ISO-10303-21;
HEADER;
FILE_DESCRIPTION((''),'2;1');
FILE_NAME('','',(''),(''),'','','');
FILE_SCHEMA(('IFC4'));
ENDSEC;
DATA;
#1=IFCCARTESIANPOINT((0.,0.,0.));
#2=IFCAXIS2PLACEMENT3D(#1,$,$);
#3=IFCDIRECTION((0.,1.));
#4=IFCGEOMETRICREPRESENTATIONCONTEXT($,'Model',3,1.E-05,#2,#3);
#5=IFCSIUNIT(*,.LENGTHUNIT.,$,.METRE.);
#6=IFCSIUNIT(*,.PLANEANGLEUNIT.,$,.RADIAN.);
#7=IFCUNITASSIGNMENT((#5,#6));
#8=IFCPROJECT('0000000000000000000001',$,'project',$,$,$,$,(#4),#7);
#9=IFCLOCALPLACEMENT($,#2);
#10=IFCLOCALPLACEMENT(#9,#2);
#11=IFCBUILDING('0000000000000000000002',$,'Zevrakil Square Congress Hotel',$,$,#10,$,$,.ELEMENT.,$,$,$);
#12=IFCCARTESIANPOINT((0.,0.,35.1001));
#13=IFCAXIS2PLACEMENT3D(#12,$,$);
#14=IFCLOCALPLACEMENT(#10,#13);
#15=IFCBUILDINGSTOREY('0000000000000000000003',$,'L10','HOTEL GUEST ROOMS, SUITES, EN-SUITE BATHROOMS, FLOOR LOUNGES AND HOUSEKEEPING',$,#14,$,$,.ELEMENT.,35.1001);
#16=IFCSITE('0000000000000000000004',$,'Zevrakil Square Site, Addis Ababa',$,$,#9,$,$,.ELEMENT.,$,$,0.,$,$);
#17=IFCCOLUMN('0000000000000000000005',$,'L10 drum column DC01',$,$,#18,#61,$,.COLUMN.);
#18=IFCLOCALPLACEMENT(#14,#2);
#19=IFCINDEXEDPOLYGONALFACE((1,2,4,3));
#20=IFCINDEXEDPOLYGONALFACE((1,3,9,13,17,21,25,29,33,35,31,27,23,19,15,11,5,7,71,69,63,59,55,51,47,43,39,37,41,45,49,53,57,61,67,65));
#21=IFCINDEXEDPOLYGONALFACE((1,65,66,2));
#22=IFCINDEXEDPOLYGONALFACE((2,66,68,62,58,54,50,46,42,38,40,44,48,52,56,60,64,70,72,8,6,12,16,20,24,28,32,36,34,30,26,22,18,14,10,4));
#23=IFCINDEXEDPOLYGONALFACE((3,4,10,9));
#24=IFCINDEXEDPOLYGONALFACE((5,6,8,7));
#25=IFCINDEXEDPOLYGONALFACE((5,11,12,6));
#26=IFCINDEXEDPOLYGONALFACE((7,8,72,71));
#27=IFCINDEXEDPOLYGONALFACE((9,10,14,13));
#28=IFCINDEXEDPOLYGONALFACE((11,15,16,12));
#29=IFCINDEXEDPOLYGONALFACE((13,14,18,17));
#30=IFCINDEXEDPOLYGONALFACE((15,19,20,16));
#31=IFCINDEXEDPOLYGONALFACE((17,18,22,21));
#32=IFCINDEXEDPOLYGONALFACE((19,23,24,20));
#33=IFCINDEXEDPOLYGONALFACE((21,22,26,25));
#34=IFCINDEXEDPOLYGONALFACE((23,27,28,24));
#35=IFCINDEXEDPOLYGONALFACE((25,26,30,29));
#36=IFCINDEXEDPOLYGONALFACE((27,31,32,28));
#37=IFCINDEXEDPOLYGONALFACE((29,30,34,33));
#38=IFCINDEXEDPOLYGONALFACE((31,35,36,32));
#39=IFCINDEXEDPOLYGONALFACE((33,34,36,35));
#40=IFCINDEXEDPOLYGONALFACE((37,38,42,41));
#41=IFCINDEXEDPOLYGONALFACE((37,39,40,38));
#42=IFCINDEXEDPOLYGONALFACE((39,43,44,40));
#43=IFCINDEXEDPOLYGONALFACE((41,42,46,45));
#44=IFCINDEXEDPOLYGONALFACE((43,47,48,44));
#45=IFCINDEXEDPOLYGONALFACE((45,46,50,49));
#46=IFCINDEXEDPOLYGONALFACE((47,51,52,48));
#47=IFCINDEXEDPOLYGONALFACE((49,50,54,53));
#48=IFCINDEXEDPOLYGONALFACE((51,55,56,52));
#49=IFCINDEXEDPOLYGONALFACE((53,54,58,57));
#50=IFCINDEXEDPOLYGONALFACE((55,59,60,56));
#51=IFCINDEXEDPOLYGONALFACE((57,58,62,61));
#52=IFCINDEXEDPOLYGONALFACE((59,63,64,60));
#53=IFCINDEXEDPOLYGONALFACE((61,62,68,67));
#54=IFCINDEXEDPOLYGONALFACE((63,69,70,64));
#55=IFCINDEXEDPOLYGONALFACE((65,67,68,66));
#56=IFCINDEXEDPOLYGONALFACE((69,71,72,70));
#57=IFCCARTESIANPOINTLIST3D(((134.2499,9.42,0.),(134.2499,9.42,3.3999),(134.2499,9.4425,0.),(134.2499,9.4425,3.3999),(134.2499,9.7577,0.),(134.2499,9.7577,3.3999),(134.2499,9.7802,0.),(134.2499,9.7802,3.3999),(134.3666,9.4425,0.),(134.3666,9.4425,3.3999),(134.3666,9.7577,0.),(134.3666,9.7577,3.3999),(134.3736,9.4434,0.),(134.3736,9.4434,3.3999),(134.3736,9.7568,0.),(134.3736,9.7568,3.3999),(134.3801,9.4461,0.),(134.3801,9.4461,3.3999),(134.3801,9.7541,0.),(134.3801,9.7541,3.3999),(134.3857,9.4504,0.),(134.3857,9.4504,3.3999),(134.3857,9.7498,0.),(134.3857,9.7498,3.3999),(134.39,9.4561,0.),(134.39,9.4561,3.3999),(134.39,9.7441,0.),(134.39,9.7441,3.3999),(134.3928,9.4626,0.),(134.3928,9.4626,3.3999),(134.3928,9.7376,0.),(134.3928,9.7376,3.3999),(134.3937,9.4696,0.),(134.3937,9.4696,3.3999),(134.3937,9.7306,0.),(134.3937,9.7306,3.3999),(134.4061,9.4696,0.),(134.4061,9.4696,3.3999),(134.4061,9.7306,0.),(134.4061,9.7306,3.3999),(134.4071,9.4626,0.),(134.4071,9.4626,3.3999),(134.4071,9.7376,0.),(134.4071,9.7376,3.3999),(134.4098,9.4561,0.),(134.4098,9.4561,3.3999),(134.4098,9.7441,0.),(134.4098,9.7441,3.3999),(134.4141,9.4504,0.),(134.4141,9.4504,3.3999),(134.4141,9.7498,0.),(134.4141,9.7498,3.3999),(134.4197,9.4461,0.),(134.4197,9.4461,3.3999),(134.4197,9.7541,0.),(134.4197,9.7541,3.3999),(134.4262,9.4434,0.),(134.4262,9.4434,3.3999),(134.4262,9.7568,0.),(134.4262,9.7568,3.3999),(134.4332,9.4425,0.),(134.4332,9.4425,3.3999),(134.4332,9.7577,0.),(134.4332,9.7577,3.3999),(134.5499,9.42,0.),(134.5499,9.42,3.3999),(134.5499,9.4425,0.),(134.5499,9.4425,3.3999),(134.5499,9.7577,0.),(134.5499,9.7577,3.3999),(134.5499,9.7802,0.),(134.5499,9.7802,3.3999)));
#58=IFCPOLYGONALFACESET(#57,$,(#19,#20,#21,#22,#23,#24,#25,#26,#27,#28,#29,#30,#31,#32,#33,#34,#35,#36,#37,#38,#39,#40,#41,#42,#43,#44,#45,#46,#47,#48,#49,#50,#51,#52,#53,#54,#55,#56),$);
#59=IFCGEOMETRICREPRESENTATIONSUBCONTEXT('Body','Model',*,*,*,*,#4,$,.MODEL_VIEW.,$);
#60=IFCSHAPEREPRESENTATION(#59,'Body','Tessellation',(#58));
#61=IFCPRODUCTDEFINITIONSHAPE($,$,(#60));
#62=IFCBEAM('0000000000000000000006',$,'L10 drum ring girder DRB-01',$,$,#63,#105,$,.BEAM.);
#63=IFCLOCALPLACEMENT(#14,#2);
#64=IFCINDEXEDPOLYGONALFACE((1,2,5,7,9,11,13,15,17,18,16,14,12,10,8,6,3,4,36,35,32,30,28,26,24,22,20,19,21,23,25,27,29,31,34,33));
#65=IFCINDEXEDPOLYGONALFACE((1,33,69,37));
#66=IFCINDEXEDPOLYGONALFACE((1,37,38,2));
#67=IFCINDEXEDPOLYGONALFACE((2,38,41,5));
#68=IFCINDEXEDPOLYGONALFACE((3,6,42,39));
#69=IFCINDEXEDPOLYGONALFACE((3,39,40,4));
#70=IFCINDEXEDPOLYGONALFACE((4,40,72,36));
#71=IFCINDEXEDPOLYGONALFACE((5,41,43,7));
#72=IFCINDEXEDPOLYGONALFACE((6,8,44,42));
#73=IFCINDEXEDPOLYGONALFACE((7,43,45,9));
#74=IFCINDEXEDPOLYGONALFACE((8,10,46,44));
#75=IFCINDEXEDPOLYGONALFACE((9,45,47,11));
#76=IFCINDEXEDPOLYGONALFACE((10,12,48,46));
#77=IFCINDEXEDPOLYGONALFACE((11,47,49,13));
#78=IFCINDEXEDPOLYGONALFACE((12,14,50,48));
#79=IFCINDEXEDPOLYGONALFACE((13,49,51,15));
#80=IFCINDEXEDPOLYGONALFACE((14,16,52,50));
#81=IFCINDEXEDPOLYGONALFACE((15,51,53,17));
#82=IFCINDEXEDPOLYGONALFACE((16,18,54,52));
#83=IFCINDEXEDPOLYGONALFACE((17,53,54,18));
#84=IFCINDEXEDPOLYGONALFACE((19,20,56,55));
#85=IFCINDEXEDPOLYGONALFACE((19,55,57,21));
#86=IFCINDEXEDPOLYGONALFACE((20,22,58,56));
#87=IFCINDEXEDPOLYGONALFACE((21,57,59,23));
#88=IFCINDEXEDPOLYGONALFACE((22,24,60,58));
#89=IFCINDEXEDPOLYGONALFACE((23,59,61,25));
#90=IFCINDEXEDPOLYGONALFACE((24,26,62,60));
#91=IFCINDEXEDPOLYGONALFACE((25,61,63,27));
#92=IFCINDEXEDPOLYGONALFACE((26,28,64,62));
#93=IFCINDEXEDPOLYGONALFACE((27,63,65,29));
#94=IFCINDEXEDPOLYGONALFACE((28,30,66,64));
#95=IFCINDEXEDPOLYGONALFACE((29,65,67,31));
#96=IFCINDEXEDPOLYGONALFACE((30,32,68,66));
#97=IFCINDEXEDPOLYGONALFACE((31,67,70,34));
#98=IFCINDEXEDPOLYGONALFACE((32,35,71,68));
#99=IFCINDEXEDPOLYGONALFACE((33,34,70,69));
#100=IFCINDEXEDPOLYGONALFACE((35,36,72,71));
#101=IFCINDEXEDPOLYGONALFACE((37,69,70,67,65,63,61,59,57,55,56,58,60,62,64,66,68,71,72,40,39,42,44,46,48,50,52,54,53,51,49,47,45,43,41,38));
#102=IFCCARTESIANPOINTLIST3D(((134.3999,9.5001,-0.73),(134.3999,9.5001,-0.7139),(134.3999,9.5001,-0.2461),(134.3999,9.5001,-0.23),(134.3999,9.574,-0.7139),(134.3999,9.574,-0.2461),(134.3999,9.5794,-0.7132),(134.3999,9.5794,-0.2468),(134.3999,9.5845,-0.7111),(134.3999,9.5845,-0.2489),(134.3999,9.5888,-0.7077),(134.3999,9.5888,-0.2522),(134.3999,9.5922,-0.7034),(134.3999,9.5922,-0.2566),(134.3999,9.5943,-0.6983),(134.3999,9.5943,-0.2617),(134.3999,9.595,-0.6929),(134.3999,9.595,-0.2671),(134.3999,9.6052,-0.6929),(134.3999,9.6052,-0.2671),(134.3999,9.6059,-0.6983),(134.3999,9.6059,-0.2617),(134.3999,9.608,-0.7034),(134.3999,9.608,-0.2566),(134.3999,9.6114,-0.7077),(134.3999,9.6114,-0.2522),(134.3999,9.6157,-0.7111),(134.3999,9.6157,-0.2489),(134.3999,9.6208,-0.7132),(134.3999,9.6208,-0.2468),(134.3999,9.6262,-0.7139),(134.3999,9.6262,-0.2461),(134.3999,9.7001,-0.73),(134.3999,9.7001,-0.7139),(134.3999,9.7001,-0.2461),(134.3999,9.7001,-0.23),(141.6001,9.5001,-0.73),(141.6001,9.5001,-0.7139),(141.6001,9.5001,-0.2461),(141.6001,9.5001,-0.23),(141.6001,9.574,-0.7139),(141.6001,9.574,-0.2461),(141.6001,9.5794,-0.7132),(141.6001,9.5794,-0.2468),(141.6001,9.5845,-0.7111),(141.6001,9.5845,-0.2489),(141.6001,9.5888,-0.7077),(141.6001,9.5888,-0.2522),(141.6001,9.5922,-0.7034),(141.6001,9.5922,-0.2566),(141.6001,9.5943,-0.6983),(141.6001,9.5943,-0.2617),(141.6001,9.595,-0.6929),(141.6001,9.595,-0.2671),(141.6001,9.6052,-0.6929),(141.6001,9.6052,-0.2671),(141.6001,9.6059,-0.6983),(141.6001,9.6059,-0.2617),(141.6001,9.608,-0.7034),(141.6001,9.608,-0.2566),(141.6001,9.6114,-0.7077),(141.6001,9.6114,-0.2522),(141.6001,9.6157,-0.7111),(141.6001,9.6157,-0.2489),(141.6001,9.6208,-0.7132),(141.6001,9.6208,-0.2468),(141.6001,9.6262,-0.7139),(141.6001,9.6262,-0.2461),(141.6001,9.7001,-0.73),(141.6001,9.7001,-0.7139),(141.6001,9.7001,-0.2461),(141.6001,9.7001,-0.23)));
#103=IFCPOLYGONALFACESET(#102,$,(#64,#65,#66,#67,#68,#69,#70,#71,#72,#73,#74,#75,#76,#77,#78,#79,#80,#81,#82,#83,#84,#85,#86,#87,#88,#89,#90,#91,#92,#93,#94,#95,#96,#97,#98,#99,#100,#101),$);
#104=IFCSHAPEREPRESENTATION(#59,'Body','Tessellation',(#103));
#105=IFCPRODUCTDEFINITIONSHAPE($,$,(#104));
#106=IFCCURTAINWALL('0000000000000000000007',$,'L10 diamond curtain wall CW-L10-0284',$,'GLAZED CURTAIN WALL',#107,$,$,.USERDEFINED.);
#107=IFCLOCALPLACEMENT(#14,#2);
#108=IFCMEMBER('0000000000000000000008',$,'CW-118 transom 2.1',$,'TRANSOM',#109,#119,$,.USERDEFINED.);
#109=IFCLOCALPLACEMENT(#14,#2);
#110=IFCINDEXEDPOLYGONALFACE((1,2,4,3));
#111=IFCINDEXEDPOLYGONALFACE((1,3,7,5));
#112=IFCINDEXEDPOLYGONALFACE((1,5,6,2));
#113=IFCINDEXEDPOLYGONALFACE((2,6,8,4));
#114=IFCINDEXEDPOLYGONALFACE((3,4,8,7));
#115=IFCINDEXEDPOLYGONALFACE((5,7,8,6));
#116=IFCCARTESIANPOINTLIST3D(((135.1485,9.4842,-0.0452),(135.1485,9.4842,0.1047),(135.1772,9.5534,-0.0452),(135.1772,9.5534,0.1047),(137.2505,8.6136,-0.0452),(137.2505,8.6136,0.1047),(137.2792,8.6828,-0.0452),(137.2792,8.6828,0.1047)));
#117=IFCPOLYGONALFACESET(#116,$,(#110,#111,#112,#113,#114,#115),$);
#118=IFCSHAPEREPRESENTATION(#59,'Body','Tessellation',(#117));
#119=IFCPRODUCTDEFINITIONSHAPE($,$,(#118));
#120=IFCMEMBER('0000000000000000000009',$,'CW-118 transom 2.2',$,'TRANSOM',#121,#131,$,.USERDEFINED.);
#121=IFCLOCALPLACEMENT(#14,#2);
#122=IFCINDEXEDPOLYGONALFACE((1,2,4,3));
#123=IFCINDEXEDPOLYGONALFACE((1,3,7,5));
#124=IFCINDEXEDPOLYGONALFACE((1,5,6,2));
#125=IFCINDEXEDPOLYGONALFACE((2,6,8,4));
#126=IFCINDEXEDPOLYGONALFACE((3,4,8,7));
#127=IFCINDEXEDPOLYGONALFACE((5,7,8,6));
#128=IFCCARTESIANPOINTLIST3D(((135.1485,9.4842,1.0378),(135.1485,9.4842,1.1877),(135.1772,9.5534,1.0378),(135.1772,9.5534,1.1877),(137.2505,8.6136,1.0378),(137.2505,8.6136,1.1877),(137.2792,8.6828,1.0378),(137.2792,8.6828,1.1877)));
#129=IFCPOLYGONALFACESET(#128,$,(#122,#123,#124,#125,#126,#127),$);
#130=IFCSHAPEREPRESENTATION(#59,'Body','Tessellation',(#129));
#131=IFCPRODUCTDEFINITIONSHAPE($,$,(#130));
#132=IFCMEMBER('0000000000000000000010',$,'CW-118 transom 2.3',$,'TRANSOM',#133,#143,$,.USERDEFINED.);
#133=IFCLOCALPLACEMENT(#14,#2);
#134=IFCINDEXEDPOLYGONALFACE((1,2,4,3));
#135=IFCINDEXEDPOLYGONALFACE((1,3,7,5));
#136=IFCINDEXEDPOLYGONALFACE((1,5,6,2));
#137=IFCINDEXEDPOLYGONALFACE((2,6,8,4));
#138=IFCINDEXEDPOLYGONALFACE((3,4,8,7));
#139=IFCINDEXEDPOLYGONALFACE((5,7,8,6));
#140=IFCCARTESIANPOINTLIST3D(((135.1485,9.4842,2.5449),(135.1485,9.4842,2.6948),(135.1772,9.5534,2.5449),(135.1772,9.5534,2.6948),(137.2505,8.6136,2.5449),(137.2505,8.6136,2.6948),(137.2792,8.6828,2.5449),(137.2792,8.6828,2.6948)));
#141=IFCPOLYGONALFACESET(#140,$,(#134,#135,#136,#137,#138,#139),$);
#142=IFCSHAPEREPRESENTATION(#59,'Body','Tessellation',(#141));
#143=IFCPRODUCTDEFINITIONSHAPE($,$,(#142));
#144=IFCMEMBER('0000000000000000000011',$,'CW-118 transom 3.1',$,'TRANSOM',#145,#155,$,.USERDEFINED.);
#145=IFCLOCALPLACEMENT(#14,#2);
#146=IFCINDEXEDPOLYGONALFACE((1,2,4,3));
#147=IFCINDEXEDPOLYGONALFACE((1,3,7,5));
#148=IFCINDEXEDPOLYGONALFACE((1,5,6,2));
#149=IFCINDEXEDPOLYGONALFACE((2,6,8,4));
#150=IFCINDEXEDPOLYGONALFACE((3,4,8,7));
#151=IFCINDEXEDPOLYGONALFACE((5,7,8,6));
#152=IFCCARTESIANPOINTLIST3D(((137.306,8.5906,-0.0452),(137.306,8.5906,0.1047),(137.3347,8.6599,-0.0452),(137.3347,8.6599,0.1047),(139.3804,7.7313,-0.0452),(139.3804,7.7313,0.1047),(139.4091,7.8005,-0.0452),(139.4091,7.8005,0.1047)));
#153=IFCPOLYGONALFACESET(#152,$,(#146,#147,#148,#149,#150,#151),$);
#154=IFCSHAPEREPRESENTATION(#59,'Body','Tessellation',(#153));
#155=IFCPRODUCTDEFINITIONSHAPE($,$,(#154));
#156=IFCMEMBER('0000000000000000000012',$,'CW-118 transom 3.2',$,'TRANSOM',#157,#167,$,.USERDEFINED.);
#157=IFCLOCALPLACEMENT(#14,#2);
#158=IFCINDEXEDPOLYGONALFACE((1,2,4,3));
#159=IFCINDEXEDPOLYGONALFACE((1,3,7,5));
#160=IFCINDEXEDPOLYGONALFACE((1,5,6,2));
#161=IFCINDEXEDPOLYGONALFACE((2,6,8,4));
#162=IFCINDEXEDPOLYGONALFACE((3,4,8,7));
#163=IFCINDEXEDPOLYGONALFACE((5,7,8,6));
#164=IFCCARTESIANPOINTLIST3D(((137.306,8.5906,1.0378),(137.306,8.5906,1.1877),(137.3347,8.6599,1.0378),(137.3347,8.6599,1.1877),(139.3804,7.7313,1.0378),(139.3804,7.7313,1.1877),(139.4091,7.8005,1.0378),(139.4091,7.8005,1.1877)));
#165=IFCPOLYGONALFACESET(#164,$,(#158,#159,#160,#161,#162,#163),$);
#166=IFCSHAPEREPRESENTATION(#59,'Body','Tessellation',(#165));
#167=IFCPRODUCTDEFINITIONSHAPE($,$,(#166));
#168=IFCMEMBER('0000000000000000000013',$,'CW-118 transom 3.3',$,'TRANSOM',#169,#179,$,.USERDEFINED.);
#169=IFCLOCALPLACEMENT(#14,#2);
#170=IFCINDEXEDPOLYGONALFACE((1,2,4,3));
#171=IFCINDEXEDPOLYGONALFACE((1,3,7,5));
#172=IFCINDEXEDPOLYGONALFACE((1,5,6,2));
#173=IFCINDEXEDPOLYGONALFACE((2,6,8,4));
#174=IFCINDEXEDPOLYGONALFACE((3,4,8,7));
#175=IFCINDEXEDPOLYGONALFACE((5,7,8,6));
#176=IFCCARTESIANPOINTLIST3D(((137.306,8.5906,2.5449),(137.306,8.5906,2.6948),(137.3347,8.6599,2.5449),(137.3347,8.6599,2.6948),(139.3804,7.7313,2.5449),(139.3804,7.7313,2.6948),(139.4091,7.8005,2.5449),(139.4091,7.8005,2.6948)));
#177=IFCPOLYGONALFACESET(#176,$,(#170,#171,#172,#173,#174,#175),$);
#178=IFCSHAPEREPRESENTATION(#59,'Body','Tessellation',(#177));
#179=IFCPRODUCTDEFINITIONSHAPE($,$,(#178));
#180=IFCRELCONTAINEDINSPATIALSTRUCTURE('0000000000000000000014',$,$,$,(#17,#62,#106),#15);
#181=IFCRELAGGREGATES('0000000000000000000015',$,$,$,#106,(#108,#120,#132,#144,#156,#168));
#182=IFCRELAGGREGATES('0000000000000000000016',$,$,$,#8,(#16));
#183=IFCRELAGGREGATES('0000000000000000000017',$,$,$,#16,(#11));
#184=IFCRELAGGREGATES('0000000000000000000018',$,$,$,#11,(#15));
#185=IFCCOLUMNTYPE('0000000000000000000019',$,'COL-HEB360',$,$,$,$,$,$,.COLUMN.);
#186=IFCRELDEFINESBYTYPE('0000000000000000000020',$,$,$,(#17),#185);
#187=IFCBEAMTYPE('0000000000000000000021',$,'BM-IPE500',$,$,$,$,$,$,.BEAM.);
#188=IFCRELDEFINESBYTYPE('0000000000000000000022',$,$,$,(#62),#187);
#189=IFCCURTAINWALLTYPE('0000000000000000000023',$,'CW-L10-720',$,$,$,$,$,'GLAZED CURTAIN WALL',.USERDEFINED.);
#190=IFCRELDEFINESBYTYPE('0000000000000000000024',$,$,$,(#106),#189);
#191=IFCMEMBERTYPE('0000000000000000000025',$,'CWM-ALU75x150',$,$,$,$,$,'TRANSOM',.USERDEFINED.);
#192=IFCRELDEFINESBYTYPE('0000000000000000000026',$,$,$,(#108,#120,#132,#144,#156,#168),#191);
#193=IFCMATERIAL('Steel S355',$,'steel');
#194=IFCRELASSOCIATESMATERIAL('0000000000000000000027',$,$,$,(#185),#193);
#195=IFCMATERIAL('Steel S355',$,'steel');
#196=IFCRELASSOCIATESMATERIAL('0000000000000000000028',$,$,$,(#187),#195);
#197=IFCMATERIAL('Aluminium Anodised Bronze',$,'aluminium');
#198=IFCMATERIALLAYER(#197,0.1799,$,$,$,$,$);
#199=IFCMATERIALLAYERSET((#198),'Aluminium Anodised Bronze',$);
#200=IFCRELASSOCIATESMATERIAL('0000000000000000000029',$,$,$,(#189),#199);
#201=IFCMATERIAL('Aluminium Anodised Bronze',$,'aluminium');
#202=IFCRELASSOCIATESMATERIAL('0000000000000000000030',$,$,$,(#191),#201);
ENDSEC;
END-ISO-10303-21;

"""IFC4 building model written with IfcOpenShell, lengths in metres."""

from ifc_helpers import new_model, si_unit, direction, frame, origin, origin_2d, place, context, subcontext, project, spatial, rectangle, i_section, extrude, material, layer, layer_set, material_profile, profile_set, type_object, element, aggregate, save


model = new_model("IFC4")

# Units and contexts
model_context = context("Model", 3, precision=1e-05, world=origin(), true_north=direction((0.0, 1.0)))
body_context = subcontext(model_context, "Body", "Model", "MODEL_VIEW")
ifc_project = project(units=[si_unit("LENGTHUNIT", "METRE"), si_unit("PLANEANGLEUNIT", "RADIAN")], contexts=[model_context])

# Site, building, storey
site_placement = place(None, origin())
site = spatial("IfcSite", under=ifc_project, at=site_placement, Name="Zevrakil Square Site, Addis Ababa", CompositionType="ELEMENT", RefElevation=0.0)
building_placement = place(site_placement, origin())
building = spatial("IfcBuilding", under=site, at=building_placement, Name="Zevrakil Square Congress Hotel", CompositionType="ELEMENT")
storey_placement = place(building_placement, frame((0.0, 0.0, 35.1001)))
storey = spatial("IfcBuildingStorey", under=building, at=storey_placement, Name="L10", Description="HOTEL GUEST ROOMS, SUITES, EN-SUITE BATHROOMS, FLOOR LOUNGES AND HOUSEKEEPING", CompositionType="ELEMENT", Elevation=35.1001)

# Column
ifc_material_1 = material(Name="Steel S355", Category="steel")
ifc_material_profile_1 = material_profile(ifc_material_1, i_section(OverallWidth=0.3, OverallDepth=0.3601, WebThickness=0.0125, FlangeThickness=0.0225, FilletRadius=0.0271, at=origin_2d()), Name="HEB 360")
ifc_profile_set_1 = profile_set([ifc_material_profile_1], Name="Steel S355")
column_type = type_object("IfcColumnType", Name="COL-HEB360", PredefinedType="COLUMN", material=ifc_profile_set_1)
column_placement = place(storey_placement, frame((134.3999, 9.6001, 0.0), z_axis=(0.0, 0.0, 1.0), x_axis=(1.0, 0.0, 0.0)))
element("IfcColumn", 1, at=column_placement, inside=storey, type_object=column_type, Name="L10 drum column DC01", PredefinedType="COLUMN", context=body_context, shape_type="SweptSolid", body=[
    extrude(i_section(OverallWidth=0.3, OverallDepth=0.3601, WebThickness=0.0125, FlangeThickness=0.0225, FilletRadius=0.0271, at=origin_2d()), origin(), (0.0, 0.0, 1.0), 3.3999),
])

# Beam
ifc_material_2 = material(Name="Steel S355", Category="steel")
ifc_material_profile_2 = material_profile(ifc_material_2, i_section(OverallWidth=0.2, OverallDepth=0.5, WebThickness=0.0103, FlangeThickness=0.0161, FilletRadius=0.021, at=origin_2d()), Name="IPE 500")
ifc_profile_set_2 = profile_set([ifc_material_profile_2], Name="Steel S355")
beam_type_1 = type_object("IfcBeamType", Name="BM-IPE500", PredefinedType="BEAM", material=ifc_profile_set_2)
beam_1_placement = place(storey_placement, frame((134.3999, 9.6001, -0.48), z_axis=(1.0, 0.0, 0.0), x_axis=(0.0, 1.0, 0.0)))
element("IfcBeam", 2, at=beam_1_placement, inside=storey, type_object=beam_type_1, Name="L10 drum ring girder DRB-01", PredefinedType="BEAM", context=body_context, shape_type="SweptSolid", body=[
    extrude(i_section(OverallWidth=0.2, OverallDepth=0.5, WebThickness=0.0103, FlangeThickness=0.0161, FilletRadius=0.021, at=origin_2d()), origin(), (0.0, 0.0, 1.0), 7.2002),
])

# Curtain wall, members
ifc_material_3 = material(Name="Aluminium Anodised Bronze", Category="aluminium")
ifc_layer_1 = layer(ifc_material_3, 0.1799)
ifc_layer_set_1 = layer_set([ifc_layer_1], Name="Aluminium Anodised Bronze")
curtain_wall_type = type_object("IfcCurtainWallType", Name="CW-L10-720", ElementType="GLAZED CURTAIN WALL", PredefinedType="USERDEFINED", material=ifc_layer_set_1)
curtain_wall_placement = place(storey_placement, origin())
curtain_wall = element("IfcCurtainWall", 3, at=curtain_wall_placement, inside=storey, type_object=curtain_wall_type, Name="L10 diamond curtain wall CW-L10-0284", ObjectType="GLAZED CURTAIN WALL", PredefinedType="USERDEFINED")
ifc_material_4 = material(Name="Aluminium Anodised Bronze", Category="aluminium")
ifc_material_profile_3 = material_profile(ifc_material_4, rectangle(XDim=0.075, YDim=0.1499, at=origin_2d()), Name="ALU 75x150")
ifc_profile_set_3 = profile_set([ifc_material_profile_3], Name="Aluminium Anodised Bronze")
member_type_1 = type_object("IfcMemberType", Name="CWM-ALU75x150", ElementType="TRANSOM", PredefinedType="USERDEFINED", material=ifc_profile_set_3)
member_1_placement = place(storey_placement, frame((135.1628, 9.5188, 0.0298), z_axis=(0.923894, -0.382649, 0.0), x_axis=(0.382649, 0.923894, 0.0)))
member_1 = element("IfcMember", 4, at=member_1_placement, type_object=member_type_1, Name="CW-118 transom 2.1", ObjectType="TRANSOM", PredefinedType="USERDEFINED", context=body_context, shape_type="SweptSolid", body=[
    extrude(rectangle(XDim=0.075, YDim=0.1499, at=origin_2d()), origin(), (0.0, 0.0, 1.0), 2.2751),
])
member_2_placement = place(storey_placement, frame((135.1628, 9.5188, 1.1128), z_axis=(0.923894, -0.382649, 0.0), x_axis=(0.382649, 0.923894, 0.0)))
member_2 = element("IfcMember", 5, at=member_2_placement, type_object=member_type_1, Name="CW-118 transom 2.2", ObjectType="TRANSOM", PredefinedType="USERDEFINED", context=body_context, shape_type="SweptSolid", body=[
    extrude(rectangle(XDim=0.075, YDim=0.1499, at=origin_2d()), origin(), (0.0, 0.0, 1.0), 2.2751),
])
member_3_placement = place(storey_placement, frame((135.1628, 9.5188, 2.6199), z_axis=(0.923894, -0.382649, 0.0), x_axis=(0.382649, 0.923894, 0.0)))
member_3 = element("IfcMember", 6, at=member_3_placement, type_object=member_type_1, Name="CW-118 transom 2.3", ObjectType="TRANSOM", PredefinedType="USERDEFINED", context=body_context, shape_type="SweptSolid", body=[
    extrude(rectangle(XDim=0.075, YDim=0.1499, at=origin_2d()), origin(), (0.0, 0.0, 1.0), 2.2751),
])
member_4_placement = place(storey_placement, frame((137.3203, 8.6252, 0.0298), z_axis=(0.923863, -0.382723, 0.0), x_axis=(0.382723, 0.923863, 0.0)))
member_4 = element("IfcMember", 7, at=member_4_placement, type_object=member_type_1, Name="CW-118 transom 3.1", ObjectType="TRANSOM", PredefinedType="USERDEFINED", context=body_context, shape_type="SweptSolid", body=[
    extrude(rectangle(XDim=0.075, YDim=0.1499, at=origin_2d()), origin(), (0.0, 0.0, 1.0), 2.2454),
])
member_5_placement = place(storey_placement, frame((137.3203, 8.6252, 1.1128), z_axis=(0.923863, -0.382723, 0.0), x_axis=(0.382723, 0.923863, 0.0)))
member_5 = element("IfcMember", 8, at=member_5_placement, type_object=member_type_1, Name="CW-118 transom 3.2", ObjectType="TRANSOM", PredefinedType="USERDEFINED", context=body_context, shape_type="SweptSolid", body=[
    extrude(rectangle(XDim=0.075, YDim=0.1499, at=origin_2d()), origin(), (0.0, 0.0, 1.0), 2.2454),
])
member_6_placement = place(storey_placement, frame((137.3203, 8.6252, 2.6199), z_axis=(0.923863, -0.382723, 0.0), x_axis=(0.382723, 0.923863, 0.0)))
member_6 = element("IfcMember", 9, at=member_6_placement, type_object=member_type_1, Name="CW-118 transom 3.3", ObjectType="TRANSOM", PredefinedType="USERDEFINED", context=body_context, shape_type="SweptSolid", body=[
    extrude(rectangle(XDim=0.075, YDim=0.1499, at=origin_2d()), origin(), (0.0, 0.0, 1.0), 2.2454),
])

aggregate(curtain_wall, [member_1, member_2, member_3, member_4, member_5, member_6])

save(model, "model.ifc")
